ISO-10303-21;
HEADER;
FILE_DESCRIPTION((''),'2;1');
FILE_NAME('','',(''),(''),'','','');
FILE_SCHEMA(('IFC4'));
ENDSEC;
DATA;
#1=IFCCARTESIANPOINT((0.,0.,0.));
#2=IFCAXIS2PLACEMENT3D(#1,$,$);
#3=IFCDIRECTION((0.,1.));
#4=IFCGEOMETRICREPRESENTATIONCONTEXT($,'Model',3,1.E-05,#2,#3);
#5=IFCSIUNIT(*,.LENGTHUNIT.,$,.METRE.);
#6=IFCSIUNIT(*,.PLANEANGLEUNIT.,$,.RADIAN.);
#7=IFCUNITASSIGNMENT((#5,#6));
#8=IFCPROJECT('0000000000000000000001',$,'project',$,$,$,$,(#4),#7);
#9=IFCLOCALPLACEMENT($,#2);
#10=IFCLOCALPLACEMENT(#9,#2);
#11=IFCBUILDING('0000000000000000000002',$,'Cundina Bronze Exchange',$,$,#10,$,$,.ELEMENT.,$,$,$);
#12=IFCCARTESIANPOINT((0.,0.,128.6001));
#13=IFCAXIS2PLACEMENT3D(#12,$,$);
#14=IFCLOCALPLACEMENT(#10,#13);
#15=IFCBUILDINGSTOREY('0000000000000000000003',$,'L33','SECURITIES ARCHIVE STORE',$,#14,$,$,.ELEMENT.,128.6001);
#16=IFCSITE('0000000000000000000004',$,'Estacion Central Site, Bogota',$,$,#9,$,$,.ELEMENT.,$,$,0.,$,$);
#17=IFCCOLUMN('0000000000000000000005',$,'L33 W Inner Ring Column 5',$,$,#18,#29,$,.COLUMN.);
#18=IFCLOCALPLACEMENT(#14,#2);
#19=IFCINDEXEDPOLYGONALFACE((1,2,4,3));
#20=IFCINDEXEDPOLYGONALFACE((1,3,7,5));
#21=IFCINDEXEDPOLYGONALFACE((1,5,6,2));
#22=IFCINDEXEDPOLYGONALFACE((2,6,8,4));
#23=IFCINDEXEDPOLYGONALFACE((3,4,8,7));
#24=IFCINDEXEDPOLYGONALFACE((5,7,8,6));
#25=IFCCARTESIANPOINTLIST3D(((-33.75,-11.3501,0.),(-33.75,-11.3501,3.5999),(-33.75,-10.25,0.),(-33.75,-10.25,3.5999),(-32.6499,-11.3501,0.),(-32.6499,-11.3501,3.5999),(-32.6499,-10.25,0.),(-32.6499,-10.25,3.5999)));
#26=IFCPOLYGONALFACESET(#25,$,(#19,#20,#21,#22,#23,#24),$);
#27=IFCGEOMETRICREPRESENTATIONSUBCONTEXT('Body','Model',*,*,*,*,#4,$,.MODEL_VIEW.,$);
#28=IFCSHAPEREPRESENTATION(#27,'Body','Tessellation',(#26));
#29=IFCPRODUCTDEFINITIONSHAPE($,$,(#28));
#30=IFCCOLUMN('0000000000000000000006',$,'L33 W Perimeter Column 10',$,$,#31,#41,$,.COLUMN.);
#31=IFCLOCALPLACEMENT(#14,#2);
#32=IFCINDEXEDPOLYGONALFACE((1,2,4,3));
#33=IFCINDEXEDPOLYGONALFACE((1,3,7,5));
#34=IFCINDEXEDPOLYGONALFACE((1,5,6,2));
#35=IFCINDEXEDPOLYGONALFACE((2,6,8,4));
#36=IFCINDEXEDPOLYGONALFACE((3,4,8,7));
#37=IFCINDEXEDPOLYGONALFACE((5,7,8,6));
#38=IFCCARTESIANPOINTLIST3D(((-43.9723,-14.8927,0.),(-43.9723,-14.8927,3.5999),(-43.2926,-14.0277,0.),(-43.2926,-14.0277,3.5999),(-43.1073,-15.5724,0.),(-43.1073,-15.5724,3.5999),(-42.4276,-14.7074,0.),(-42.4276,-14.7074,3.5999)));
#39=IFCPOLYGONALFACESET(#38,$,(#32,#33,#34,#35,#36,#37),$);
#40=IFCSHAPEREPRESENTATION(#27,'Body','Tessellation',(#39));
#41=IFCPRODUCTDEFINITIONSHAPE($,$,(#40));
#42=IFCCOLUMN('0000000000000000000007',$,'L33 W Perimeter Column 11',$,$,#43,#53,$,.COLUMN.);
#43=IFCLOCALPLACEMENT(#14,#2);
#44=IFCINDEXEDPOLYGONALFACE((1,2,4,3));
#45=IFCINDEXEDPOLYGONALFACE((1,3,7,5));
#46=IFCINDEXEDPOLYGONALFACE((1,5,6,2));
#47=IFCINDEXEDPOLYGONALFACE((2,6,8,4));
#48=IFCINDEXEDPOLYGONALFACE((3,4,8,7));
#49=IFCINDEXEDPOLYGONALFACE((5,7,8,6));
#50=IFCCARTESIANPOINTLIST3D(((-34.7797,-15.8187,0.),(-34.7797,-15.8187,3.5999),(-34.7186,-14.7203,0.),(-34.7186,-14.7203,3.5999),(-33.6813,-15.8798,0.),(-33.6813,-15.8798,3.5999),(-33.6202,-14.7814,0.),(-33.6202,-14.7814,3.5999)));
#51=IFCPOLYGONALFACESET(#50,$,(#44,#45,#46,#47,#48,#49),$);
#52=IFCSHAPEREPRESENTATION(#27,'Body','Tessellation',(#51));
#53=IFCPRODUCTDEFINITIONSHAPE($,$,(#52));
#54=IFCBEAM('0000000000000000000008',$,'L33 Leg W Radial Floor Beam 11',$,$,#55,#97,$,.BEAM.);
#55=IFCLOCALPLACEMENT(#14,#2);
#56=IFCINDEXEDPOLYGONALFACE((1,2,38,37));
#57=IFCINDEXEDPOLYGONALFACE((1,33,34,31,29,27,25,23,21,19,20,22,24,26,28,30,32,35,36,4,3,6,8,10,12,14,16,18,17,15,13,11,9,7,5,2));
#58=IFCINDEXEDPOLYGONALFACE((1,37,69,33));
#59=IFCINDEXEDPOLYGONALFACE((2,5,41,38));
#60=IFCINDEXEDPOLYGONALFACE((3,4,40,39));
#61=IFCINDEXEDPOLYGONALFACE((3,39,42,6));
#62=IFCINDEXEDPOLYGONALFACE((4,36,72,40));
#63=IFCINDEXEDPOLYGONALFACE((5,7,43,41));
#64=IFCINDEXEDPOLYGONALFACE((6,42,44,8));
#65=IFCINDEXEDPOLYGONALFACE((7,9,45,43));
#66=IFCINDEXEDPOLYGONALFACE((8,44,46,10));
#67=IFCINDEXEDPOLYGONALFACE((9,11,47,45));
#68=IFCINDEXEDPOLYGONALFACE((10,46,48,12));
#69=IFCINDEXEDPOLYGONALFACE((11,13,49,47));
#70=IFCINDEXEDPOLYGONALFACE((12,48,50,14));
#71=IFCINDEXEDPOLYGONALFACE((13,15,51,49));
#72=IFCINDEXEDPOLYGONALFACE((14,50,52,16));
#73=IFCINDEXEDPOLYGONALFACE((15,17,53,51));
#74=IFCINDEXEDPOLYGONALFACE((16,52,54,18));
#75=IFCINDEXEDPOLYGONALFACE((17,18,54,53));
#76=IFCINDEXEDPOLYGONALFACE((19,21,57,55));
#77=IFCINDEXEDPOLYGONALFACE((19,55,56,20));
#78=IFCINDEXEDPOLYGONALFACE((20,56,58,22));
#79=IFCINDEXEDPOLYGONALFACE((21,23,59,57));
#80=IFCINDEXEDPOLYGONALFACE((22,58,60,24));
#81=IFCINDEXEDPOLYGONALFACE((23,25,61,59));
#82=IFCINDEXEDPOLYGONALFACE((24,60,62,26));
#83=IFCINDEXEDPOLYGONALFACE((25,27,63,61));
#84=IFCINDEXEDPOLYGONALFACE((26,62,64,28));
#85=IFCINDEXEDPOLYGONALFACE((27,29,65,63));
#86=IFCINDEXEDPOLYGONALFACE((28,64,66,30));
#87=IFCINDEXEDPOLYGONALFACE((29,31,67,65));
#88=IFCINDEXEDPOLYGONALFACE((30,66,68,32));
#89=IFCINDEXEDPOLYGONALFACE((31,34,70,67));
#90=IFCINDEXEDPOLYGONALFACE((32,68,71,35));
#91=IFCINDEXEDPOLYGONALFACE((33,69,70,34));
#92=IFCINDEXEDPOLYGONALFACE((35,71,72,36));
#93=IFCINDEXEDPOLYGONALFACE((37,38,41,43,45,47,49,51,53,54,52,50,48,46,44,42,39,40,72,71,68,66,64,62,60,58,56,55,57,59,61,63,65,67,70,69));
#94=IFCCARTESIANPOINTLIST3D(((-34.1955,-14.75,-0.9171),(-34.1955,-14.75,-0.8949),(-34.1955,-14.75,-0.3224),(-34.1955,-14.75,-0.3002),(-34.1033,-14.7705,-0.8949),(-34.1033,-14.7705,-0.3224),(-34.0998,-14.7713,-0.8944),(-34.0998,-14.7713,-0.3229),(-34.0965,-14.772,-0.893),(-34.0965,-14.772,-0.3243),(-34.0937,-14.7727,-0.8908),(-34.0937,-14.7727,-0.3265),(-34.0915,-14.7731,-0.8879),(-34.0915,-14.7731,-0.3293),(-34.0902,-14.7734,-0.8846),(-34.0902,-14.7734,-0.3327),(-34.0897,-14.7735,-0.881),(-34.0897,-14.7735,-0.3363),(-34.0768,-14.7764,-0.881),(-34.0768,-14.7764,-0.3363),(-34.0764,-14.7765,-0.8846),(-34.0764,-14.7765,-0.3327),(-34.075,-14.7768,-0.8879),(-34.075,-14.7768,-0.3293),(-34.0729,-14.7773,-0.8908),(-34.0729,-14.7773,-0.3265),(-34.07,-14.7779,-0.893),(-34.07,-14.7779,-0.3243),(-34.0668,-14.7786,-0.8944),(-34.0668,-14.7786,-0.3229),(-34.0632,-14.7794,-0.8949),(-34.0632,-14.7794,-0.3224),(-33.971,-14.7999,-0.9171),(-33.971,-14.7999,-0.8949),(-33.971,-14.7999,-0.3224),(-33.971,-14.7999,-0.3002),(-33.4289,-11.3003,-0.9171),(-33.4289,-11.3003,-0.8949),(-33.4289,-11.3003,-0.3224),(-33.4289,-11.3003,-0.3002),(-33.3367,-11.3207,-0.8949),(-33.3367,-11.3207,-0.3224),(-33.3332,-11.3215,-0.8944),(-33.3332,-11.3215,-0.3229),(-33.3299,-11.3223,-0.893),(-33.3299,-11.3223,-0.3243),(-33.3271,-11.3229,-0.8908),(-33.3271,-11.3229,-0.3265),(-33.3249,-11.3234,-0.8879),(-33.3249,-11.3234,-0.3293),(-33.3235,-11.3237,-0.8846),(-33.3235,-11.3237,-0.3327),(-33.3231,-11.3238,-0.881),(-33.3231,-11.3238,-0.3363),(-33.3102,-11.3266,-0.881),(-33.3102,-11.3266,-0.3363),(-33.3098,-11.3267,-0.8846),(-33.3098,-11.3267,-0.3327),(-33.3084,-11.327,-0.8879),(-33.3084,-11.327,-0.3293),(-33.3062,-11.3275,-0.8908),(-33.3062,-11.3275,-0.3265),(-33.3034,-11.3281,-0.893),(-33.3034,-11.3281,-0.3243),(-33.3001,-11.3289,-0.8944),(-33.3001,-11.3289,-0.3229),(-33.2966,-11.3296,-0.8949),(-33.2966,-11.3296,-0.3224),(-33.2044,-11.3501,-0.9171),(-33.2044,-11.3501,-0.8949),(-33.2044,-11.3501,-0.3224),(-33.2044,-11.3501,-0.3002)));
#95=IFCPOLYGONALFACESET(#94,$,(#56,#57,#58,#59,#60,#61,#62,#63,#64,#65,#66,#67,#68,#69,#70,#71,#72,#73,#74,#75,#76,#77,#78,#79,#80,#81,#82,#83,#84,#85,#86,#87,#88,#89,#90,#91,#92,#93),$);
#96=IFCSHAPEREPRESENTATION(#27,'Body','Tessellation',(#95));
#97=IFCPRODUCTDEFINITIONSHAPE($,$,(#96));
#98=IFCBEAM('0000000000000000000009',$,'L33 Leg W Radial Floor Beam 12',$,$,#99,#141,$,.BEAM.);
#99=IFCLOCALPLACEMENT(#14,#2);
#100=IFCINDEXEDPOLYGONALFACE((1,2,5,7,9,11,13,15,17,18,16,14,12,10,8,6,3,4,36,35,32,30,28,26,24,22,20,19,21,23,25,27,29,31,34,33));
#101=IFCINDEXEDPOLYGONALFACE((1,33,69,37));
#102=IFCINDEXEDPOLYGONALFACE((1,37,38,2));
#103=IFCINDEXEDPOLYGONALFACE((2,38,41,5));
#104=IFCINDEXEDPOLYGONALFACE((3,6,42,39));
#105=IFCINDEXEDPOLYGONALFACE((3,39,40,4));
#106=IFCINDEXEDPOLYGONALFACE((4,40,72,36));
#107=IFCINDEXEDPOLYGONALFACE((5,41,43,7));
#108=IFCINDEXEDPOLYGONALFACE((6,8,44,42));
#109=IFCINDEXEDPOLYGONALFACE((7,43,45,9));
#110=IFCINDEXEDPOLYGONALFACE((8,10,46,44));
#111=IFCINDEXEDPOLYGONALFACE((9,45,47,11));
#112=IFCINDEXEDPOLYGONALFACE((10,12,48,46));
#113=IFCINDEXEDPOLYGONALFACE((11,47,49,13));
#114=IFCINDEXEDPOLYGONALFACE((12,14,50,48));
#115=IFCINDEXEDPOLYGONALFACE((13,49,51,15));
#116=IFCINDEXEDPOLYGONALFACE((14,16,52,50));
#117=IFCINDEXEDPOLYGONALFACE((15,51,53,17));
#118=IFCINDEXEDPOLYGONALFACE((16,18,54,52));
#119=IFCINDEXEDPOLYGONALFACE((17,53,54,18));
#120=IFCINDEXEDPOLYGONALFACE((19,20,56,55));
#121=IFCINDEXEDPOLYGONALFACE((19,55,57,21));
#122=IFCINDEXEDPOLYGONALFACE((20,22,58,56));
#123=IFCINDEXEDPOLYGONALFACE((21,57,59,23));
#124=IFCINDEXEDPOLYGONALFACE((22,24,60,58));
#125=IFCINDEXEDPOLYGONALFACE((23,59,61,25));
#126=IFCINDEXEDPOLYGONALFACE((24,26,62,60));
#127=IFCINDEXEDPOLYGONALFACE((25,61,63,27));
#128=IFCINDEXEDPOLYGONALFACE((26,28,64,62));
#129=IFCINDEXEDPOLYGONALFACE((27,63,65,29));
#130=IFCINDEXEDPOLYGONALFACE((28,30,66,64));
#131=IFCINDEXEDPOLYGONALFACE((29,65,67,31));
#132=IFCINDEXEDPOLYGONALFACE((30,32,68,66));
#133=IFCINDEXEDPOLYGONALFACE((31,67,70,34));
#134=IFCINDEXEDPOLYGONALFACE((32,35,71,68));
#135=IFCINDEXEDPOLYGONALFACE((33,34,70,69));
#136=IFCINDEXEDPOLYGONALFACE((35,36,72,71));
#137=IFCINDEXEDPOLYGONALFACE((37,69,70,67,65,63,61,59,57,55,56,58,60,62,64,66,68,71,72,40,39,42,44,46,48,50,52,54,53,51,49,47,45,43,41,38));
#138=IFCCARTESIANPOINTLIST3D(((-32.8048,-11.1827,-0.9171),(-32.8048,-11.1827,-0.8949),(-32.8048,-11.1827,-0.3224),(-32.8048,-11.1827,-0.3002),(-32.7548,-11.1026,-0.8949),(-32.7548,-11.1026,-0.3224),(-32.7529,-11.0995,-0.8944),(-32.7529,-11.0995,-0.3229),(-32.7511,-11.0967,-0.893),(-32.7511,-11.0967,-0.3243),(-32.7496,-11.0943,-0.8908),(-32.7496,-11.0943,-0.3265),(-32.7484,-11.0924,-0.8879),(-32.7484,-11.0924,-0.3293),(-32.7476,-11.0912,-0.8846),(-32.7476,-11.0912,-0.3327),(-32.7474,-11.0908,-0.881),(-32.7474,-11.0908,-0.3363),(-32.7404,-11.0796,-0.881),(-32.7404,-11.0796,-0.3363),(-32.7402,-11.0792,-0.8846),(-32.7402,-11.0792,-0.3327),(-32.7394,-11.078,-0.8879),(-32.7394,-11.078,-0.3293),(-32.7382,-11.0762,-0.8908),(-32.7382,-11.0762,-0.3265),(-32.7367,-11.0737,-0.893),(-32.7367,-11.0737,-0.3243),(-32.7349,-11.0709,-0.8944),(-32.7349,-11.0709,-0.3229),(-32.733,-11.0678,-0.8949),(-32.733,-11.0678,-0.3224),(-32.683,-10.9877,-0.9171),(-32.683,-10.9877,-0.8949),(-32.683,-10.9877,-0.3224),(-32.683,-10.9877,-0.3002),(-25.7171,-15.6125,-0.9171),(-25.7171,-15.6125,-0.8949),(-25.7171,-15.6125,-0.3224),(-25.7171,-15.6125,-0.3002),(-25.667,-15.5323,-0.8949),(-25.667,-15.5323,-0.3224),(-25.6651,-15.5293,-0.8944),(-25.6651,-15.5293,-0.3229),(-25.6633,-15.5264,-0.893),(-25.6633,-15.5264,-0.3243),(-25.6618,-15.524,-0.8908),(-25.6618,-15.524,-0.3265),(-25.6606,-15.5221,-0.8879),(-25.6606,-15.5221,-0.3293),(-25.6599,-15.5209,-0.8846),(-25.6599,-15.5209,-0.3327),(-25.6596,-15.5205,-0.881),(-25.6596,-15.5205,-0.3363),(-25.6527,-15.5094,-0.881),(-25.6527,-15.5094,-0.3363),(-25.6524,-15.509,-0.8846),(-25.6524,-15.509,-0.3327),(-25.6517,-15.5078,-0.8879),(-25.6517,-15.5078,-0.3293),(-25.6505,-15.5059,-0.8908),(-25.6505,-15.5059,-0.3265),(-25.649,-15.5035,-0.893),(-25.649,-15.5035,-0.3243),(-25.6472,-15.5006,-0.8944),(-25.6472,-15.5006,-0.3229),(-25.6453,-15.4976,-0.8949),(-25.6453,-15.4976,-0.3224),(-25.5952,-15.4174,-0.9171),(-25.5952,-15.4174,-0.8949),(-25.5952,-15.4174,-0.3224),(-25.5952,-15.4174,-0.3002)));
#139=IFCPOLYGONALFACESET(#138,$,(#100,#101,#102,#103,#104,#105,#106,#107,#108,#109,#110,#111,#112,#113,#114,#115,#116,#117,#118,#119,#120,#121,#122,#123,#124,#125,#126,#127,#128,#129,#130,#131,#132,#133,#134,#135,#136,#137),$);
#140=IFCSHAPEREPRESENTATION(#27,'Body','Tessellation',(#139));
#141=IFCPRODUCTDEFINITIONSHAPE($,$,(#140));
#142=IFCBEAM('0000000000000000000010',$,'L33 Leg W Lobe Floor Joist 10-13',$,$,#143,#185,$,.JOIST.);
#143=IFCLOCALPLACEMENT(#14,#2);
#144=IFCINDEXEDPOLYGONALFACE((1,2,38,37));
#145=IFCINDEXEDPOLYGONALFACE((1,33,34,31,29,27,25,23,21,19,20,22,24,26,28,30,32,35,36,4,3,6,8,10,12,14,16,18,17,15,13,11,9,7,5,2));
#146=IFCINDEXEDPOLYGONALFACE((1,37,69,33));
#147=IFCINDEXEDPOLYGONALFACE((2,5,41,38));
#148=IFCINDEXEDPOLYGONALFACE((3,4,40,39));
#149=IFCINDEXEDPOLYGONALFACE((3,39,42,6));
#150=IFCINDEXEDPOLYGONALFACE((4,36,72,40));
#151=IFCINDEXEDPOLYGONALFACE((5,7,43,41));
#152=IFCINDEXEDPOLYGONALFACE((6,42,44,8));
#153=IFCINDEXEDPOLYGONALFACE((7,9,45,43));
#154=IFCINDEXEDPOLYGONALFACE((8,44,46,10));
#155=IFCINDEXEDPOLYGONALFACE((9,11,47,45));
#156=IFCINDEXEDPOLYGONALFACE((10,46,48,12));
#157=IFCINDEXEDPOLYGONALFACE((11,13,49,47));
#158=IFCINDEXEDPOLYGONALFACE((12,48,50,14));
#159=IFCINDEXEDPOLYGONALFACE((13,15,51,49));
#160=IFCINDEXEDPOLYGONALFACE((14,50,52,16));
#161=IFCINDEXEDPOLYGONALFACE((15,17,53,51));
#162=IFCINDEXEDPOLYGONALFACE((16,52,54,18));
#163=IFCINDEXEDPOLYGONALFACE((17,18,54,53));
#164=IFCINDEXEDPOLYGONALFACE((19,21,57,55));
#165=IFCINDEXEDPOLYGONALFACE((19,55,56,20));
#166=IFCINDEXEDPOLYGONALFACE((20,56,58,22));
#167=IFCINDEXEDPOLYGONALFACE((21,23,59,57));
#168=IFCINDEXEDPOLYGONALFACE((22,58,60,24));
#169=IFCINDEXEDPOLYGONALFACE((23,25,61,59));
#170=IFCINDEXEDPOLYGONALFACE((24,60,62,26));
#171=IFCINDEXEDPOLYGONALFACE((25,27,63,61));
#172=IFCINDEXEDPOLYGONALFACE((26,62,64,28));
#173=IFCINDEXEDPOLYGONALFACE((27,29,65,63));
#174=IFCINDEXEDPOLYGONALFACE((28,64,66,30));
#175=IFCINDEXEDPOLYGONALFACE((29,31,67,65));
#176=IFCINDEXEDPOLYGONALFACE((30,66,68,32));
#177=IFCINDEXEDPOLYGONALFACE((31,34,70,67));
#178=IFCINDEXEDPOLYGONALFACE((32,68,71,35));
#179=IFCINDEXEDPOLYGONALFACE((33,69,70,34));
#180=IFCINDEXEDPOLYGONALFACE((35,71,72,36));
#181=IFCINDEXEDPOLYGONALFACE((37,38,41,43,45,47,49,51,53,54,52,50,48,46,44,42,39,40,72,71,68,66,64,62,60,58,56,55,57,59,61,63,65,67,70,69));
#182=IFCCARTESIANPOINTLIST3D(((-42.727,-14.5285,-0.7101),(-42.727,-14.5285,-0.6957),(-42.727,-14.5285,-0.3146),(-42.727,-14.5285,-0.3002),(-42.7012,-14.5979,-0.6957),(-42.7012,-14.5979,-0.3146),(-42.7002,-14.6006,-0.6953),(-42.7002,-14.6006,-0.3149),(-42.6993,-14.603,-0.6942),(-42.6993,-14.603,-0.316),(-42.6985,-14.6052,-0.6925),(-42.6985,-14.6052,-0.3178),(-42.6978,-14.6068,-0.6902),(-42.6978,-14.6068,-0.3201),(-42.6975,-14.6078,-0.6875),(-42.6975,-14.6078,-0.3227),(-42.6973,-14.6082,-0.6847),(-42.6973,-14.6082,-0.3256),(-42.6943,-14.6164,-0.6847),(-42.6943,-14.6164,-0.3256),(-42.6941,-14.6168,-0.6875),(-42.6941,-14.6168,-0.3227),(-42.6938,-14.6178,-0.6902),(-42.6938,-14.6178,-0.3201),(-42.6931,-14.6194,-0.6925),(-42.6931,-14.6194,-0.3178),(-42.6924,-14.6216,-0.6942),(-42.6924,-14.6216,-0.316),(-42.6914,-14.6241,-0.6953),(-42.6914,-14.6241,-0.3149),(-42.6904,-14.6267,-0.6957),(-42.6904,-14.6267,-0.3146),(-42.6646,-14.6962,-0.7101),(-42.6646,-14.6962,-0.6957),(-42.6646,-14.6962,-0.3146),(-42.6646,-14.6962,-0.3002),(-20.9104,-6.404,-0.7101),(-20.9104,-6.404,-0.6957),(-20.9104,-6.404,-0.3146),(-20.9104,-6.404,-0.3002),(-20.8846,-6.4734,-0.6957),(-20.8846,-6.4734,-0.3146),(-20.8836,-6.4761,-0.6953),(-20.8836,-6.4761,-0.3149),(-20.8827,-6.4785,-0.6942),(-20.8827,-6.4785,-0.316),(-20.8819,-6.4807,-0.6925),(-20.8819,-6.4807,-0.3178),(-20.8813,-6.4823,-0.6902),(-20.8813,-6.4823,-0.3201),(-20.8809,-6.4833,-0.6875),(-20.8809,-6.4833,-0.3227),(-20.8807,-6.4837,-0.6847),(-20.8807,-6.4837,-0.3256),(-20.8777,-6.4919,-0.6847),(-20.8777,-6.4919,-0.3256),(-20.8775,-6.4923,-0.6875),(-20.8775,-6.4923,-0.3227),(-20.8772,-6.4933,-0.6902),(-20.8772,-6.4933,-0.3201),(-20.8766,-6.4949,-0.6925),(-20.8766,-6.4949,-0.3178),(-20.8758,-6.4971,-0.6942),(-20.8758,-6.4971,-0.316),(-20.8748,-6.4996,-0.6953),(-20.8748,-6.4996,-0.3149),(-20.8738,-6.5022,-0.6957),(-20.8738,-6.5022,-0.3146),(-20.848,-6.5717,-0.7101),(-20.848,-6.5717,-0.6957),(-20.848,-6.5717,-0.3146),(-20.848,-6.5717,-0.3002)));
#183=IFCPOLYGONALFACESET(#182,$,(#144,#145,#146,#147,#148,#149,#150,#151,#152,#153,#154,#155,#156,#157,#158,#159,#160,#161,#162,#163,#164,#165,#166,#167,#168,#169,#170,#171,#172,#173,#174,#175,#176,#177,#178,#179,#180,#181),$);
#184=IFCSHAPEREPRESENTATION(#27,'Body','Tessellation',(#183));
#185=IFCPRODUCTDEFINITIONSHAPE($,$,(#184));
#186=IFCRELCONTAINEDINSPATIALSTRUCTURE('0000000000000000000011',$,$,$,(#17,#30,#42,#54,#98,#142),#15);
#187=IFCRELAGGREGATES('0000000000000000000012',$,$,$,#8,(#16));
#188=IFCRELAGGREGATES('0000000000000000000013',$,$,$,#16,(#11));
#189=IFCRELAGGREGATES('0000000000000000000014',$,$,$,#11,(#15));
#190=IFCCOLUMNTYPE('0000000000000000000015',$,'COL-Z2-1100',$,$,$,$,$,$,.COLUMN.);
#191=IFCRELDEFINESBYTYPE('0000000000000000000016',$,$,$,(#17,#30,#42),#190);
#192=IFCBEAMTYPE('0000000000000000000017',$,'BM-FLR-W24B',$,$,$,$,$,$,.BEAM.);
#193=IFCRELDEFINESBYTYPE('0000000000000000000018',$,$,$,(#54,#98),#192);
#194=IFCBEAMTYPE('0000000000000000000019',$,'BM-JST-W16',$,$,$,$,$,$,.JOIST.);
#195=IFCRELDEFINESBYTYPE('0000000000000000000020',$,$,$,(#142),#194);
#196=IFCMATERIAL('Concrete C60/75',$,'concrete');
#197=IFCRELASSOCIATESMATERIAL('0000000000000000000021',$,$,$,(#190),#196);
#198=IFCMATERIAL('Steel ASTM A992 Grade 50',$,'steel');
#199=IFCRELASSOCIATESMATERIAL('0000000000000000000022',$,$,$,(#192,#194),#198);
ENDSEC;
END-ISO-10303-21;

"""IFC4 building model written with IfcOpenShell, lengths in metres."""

from ifc_helpers import new_model, si_unit, direction, frame, origin, origin_2d, place, context, subcontext, project, spatial, rectangle, i_section, extrude, material, material_profile, profile_set, type_object, element, save


model = new_model("IFC4")

# Units and contexts
model_context = context("Model", 3, precision=1e-05, world=origin(), true_north=direction((0.0, 1.0)))
body_context = subcontext(model_context, "Body", "Model", "MODEL_VIEW")
ifc_project = project(units=[si_unit("LENGTHUNIT", "METRE"), si_unit("PLANEANGLEUNIT", "RADIAN")], contexts=[model_context])

# Site, building, storey
site_placement = place(None, origin())
site = spatial("IfcSite", under=ifc_project, at=site_placement, Name="Estacion Central Site, Bogota", CompositionType="ELEMENT", RefElevation=0.0)
building_placement = place(site_placement, origin())
building = spatial("IfcBuilding", under=site, at=building_placement, Name="Cundina Bronze Exchange", CompositionType="ELEMENT")
storey_placement = place(building_placement, frame((0.0, 0.0, 128.6001)))
storey = spatial("IfcBuildingStorey", under=building, at=storey_placement, Name="L33", Description="SECURITIES ARCHIVE STORE", CompositionType="ELEMENT", Elevation=128.6001)

# Columns
ifc_material_1 = material(Name="Concrete C60/75", Category="concrete")
ifc_material_profile_1 = material_profile(ifc_material_1, rectangle(XDim=1.1001, YDim=1.1001, at=origin_2d()), Name="RC1100X1100", Category="concrete")
ifc_profile_set_1 = profile_set([ifc_material_profile_1], Name="Concrete C60/75")
column_type = type_object("IfcColumnType", Name="COL-Z2-1100", PredefinedType="COLUMN", material=ifc_profile_set_1)
for number, where, z_axis, x_axis, name in (
    (1, (-33.2, -10.8, 0.0), (0.0, 0.0, 1.0), (1.0, 0.0, 0.0), "L33 W Inner Ring Column 5"),
    (2, (-43.2, -14.8, 0.0), (0.0, 0.0, 1.0), (0.786288, -0.61786, 0.0), "L33 W Perimeter Column 10"),
    (3, (-34.2, -15.3, 0.0), (0.0, 0.0, 1.0), (0.99846, -0.055473, 0.0), "L33 W Perimeter Column 11"),
):
    element("IfcColumn", number, at=place(storey_placement, frame(where, z_axis=z_axis, x_axis=x_axis)), inside=storey, type_object=column_type, Name=name, PredefinedType="COLUMN", context=body_context, shape_type="SweptSolid", body=[
        extrude(rectangle(XDim=1.1001, YDim=1.1001, at=origin_2d()), origin(), (0.0, 0.0, 1.0), 3.5999),
    ])

# Beams
ifc_material_2 = material(Name="Steel ASTM A992 Grade 50", Category="steel")
ifc_material_profile_2 = material_profile(ifc_material_2, i_section(OverallWidth=0.23, OverallDepth=0.6169, WebThickness=0.0132, FlangeThickness=0.0222, FilletRadius=0.0139, at=origin_2d()), Name="W24X94", Category="steel")
ifc_profile_set_2 = profile_set([ifc_material_profile_2], Name="Steel ASTM A992 Grade 50")
beam_type_1 = type_object("IfcBeamType", Name="BM-FLR-W24B", PredefinedType="BEAM", material=ifc_profile_set_2)
beam_1_placement = place(storey_placement, frame((-33.3167, -11.3252, -0.6086), z_axis=(-0.21693, -0.976187, 0.0), x_axis=(0.976187, -0.21693, 0.0)))
element("IfcBeam", 4, at=beam_1_placement, inside=storey, type_object=beam_type_1, Name="L33 Leg W Radial Floor Beam 11", PredefinedType="BEAM", context=body_context, shape_type="SweptSolid", body=[
    extrude(i_section(OverallWidth=0.23, OverallDepth=0.6169, WebThickness=0.0132, FlangeThickness=0.0222, FilletRadius=0.0139, at=origin_2d()), origin(), (0.0, 0.0, 1.0), 3.5339),
])
beam_2_placement = place(storey_placement, frame((-32.7439, -11.0852, -0.6086), z_axis=(0.848003, -0.529991, 0.0), x_axis=(0.529991, 0.848003, 0.0)))
element("IfcBeam", 5, at=beam_2_placement, inside=storey, type_object=beam_type_1, Name="L33 Leg W Radial Floor Beam 12", PredefinedType="BEAM", context=body_context, shape_type="SweptSolid", body=[
    extrude(i_section(OverallWidth=0.23, OverallDepth=0.6169, WebThickness=0.0132, FlangeThickness=0.0222, FilletRadius=0.0139, at=origin_2d()), origin(), (0.0, 0.0, 1.0), 8.3582),
])
ifc_material_profile_3 = material_profile(ifc_material_2, i_section(OverallWidth=0.179, OverallDepth=0.4099, WebThickness=0.0088, FlangeThickness=0.0144, FilletRadius=0.011, at=origin_2d()), Name="W16X45", Category="steel")
ifc_profile_set_3 = profile_set([ifc_material_profile_3], Name="Steel ASTM A992 Grade 50")
beam_type_2 = type_object("IfcBeamType", Name="BM-JST-W16", PredefinedType="JOIST", material=ifc_profile_set_3)
beam_3_placement = place(storey_placement, frame((-42.6958, -14.6123, -0.5051), z_axis=(0.937128, 0.348986, 0.0), x_axis=(-0.348986, 0.937128, 0.0)))
element("IfcBeam", 6, at=beam_3_placement, inside=storey, type_object=beam_type_2, Name="L33 Leg W Lobe Floor Joist 10-13", PredefinedType="JOIST", context=body_context, shape_type="SweptSolid", body=[
    extrude(i_section(OverallWidth=0.179, OverallDepth=0.4099, WebThickness=0.0088, FlangeThickness=0.0144, FilletRadius=0.011, at=origin_2d()), origin(), (0.0, 0.0, 1.0), 23.2803),
])

save(model, "model.ifc")
